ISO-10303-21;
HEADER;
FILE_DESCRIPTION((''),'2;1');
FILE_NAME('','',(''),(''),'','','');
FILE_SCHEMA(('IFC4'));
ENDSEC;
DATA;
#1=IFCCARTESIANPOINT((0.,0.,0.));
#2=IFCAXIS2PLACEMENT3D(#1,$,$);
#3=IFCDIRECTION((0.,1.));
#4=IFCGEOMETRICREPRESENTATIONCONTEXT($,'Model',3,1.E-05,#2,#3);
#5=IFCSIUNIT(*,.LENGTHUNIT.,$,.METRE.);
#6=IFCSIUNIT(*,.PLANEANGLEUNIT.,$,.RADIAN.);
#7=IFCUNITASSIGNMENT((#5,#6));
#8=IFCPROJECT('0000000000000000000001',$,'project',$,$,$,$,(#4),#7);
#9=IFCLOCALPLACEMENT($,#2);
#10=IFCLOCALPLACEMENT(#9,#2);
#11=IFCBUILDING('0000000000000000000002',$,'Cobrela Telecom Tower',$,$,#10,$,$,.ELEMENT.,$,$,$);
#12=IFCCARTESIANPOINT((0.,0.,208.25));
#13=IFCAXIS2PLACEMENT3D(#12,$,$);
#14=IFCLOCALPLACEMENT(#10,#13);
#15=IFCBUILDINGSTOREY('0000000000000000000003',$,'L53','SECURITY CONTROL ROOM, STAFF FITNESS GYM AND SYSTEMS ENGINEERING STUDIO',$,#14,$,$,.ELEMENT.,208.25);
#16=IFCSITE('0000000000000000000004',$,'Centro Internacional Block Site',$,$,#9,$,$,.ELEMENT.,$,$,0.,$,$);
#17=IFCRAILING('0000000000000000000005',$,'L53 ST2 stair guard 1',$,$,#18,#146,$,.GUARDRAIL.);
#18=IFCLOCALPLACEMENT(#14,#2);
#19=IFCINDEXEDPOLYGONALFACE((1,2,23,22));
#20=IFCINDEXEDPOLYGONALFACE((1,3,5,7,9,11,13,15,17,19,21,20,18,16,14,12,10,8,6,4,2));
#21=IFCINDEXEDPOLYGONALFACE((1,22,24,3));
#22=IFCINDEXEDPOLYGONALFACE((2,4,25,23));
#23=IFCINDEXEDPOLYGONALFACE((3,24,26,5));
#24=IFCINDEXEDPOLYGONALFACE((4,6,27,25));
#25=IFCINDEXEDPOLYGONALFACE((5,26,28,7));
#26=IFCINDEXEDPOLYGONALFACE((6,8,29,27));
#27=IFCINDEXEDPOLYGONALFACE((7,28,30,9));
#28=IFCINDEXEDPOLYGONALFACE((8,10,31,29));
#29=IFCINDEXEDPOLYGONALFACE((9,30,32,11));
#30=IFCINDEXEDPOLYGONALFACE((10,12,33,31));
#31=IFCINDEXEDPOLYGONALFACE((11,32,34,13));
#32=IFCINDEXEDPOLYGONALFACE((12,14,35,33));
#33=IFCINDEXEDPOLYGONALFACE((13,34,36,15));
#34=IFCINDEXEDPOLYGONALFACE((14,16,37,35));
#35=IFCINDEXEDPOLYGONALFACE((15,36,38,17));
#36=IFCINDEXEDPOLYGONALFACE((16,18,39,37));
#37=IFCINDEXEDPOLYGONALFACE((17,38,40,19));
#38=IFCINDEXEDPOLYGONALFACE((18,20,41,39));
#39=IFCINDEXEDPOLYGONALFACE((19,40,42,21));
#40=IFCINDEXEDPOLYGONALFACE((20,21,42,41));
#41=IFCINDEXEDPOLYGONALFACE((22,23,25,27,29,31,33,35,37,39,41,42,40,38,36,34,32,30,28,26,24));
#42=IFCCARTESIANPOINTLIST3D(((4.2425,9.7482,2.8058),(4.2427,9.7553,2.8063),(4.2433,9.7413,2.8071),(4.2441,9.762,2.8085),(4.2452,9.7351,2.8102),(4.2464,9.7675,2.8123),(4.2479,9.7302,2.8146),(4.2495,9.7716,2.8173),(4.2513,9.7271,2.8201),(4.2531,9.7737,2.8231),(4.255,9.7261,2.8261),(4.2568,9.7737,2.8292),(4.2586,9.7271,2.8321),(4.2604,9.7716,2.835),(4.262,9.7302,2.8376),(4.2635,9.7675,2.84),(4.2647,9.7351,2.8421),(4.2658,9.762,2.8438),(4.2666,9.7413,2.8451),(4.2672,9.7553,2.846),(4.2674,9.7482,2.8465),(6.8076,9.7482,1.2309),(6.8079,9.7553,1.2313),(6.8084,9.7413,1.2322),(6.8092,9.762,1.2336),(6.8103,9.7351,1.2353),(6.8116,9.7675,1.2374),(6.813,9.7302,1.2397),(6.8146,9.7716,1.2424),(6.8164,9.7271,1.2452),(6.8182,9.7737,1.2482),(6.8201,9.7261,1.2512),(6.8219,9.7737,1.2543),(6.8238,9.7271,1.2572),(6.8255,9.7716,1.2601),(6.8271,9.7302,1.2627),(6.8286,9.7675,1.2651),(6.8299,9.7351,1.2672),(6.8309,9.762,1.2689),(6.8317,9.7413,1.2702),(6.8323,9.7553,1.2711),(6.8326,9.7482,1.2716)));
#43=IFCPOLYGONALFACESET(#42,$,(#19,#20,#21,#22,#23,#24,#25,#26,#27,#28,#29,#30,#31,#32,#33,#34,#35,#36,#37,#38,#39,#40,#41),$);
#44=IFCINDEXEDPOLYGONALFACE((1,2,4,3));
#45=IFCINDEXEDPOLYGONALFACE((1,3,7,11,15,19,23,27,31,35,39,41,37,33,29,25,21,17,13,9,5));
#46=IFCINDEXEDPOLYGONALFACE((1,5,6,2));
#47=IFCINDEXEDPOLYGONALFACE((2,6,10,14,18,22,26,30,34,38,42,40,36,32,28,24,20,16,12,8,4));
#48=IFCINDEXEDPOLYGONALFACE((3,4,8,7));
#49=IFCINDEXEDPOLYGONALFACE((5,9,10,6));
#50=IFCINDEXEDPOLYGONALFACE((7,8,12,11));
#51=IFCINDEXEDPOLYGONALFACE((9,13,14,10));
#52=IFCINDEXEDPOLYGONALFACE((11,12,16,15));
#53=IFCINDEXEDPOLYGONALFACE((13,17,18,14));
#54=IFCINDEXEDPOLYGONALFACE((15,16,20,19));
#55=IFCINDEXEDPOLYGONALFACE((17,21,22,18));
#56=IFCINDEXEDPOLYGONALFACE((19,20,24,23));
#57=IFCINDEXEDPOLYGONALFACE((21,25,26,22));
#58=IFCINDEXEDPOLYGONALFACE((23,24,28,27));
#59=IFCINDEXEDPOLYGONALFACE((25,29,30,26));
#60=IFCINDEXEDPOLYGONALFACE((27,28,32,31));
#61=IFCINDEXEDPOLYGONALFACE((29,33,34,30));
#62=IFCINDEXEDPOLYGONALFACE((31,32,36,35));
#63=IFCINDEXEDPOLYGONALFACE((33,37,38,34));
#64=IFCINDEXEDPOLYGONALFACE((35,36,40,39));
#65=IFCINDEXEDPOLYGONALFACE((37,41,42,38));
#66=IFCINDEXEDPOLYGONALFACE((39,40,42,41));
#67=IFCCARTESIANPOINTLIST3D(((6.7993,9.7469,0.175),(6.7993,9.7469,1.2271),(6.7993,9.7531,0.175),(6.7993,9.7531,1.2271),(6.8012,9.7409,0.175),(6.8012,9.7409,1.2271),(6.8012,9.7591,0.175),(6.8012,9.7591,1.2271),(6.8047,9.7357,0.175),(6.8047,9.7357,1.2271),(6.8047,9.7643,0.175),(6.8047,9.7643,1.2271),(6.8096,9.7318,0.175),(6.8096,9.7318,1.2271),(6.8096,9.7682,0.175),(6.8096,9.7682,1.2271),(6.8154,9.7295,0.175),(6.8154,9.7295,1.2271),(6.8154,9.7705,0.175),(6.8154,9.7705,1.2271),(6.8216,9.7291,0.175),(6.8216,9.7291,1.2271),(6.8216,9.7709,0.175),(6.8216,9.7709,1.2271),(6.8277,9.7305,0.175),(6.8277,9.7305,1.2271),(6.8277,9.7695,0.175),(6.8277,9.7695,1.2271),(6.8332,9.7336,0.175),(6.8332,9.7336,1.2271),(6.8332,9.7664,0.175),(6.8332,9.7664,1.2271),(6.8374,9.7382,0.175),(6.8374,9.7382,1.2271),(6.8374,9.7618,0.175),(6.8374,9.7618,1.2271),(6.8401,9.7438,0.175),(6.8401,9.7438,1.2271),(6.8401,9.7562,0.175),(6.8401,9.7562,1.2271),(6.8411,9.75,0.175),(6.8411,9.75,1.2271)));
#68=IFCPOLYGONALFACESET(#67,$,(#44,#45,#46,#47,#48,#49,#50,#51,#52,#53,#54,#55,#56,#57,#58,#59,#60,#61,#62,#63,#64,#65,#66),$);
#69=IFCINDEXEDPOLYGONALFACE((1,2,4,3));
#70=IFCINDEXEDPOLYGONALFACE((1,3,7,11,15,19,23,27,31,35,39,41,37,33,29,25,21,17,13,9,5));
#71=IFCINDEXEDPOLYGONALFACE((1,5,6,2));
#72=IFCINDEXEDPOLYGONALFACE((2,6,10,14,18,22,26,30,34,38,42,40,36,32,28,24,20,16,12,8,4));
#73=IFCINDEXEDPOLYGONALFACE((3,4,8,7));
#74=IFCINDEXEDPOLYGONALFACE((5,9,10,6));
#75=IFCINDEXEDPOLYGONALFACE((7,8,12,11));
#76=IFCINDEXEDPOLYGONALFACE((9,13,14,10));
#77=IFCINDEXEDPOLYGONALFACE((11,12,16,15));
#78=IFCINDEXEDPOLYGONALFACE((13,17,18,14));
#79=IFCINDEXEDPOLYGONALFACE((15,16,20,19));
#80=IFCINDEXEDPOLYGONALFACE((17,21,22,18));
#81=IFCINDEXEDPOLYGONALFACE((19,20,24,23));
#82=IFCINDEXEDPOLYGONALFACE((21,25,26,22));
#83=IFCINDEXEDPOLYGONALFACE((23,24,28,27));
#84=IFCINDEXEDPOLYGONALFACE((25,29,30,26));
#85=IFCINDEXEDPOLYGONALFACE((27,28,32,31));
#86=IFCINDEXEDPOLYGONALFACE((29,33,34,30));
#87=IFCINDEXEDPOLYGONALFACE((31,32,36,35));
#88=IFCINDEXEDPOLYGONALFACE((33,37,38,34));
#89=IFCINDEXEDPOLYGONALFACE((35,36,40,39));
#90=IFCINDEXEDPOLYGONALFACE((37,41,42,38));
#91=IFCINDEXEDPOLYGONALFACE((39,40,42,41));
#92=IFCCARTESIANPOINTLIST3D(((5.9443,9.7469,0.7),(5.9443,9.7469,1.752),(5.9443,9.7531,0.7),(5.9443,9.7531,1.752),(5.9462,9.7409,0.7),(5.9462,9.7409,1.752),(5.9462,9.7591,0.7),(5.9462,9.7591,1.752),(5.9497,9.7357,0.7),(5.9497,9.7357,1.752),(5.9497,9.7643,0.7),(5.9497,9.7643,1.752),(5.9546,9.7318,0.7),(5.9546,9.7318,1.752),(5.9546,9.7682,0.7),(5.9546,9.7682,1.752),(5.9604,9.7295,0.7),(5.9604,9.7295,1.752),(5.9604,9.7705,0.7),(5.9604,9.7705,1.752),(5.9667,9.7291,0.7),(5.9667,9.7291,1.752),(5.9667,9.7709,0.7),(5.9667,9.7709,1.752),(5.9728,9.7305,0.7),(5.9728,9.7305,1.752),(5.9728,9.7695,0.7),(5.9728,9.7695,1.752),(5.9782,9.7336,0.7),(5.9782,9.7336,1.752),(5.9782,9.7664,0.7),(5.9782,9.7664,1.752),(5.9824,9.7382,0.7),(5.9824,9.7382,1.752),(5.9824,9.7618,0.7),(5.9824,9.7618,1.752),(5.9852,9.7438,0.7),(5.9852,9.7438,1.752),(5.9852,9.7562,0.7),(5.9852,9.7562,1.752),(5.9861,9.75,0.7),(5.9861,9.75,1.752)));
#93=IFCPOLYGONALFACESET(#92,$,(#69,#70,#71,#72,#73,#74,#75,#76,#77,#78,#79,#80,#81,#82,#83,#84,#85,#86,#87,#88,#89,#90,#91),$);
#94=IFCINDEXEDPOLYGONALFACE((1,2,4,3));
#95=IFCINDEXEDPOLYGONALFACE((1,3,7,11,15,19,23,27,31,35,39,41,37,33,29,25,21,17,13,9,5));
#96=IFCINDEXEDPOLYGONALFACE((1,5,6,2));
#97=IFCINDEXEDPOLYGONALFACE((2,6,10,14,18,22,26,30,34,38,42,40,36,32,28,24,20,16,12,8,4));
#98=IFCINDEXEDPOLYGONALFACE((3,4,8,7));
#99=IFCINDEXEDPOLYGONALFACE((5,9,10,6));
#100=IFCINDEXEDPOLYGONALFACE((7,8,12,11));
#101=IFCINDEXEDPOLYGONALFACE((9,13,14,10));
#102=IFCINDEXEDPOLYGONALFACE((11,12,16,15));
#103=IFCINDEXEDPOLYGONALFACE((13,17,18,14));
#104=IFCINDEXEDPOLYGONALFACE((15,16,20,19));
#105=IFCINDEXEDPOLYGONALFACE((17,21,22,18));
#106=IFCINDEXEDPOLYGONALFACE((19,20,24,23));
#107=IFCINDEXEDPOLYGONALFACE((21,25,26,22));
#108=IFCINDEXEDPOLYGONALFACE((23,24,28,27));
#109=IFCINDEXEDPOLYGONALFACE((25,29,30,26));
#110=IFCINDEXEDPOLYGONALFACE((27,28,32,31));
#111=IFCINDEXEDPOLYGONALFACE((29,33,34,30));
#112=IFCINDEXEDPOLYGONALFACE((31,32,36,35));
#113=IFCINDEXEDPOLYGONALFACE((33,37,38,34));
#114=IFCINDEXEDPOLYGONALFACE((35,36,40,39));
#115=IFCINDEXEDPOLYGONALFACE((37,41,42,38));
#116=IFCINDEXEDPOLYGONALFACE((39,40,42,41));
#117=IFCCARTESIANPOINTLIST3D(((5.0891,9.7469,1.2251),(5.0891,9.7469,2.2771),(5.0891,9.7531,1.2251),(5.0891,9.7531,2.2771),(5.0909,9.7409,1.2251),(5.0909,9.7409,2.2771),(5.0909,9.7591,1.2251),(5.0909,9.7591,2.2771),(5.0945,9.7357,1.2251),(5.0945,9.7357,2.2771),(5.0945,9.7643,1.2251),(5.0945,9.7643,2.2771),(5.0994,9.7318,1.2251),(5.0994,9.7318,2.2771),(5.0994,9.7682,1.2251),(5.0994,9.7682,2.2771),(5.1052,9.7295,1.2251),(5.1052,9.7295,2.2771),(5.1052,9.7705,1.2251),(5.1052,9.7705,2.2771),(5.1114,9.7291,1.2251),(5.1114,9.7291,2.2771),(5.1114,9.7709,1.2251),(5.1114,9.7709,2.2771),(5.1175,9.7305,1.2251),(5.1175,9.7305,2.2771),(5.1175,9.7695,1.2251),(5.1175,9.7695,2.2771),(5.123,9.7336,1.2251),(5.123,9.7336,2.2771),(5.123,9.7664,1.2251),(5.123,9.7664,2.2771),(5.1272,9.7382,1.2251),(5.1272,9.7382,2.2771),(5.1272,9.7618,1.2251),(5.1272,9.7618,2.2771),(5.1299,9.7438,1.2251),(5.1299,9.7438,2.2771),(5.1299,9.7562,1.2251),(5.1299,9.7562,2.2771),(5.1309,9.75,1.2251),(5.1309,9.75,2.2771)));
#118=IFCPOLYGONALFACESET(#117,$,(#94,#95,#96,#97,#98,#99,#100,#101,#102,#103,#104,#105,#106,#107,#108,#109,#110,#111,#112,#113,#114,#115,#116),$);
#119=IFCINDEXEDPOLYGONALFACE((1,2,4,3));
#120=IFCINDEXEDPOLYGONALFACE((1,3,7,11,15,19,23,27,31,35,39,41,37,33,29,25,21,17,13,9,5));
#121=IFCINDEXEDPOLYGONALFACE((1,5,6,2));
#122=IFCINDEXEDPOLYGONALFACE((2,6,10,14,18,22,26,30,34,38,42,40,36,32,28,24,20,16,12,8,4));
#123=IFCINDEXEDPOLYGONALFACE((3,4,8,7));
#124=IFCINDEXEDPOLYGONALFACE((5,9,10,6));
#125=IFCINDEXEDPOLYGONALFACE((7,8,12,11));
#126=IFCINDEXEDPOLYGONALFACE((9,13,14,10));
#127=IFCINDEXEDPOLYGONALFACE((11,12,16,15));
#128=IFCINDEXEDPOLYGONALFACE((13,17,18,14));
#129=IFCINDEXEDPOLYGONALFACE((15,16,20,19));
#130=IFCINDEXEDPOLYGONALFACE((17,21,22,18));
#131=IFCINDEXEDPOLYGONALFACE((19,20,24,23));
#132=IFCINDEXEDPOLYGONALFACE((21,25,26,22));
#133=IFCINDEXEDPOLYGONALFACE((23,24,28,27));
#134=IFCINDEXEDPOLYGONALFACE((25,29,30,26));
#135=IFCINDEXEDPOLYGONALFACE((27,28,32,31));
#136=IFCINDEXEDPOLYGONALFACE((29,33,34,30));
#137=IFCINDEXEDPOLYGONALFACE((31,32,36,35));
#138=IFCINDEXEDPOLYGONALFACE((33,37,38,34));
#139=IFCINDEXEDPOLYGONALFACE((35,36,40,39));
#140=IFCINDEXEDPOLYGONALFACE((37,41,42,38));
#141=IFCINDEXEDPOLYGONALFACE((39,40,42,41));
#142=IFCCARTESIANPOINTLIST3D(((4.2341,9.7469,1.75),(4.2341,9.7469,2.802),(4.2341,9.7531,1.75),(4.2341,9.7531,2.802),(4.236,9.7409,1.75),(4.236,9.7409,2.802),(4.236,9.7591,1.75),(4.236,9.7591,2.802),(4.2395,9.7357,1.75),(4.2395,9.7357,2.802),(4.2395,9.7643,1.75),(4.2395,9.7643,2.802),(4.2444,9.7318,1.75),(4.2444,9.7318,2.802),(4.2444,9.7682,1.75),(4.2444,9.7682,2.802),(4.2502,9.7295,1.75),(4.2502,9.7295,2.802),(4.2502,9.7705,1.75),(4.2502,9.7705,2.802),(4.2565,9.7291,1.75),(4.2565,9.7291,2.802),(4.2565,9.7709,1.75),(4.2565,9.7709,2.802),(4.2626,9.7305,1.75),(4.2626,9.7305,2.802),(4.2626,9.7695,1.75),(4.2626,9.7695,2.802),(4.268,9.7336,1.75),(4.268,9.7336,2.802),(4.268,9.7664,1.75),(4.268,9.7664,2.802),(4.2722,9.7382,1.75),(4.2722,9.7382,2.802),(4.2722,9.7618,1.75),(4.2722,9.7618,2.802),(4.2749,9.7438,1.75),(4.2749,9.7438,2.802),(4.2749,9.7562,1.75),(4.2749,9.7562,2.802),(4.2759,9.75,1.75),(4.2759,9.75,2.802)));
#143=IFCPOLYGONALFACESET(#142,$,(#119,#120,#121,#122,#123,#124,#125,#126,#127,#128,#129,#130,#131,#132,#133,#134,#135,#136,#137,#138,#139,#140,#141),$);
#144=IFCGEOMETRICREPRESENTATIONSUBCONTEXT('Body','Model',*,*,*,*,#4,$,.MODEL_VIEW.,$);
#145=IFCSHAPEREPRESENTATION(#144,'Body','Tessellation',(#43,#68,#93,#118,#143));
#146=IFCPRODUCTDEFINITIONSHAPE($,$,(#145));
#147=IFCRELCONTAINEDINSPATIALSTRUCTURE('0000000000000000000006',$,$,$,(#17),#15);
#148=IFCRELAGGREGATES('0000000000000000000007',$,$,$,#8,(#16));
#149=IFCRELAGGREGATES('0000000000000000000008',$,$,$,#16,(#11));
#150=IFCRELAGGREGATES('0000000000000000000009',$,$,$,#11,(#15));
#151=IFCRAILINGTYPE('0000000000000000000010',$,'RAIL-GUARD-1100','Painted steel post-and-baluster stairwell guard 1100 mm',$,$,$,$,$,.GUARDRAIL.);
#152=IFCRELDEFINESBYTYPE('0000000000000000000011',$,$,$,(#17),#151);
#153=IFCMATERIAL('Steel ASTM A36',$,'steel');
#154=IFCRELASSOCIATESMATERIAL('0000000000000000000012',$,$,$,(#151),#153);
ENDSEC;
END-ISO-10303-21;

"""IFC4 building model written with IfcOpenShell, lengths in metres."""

from ifc_helpers import new_model, si_unit, direction, frame, origin, origin_2d, place, context, subcontext, project, spatial, circle, extrude, material, type_object, element, save


model = new_model("IFC4")

# Units and contexts
model_context = context("Model", 3, precision=1e-05, world=origin(), true_north=direction((0.0, 1.0)))
body_context = subcontext(model_context, "Body", "Model", "MODEL_VIEW")
ifc_project = project(units=[si_unit("LENGTHUNIT", "METRE"), si_unit("PLANEANGLEUNIT", "RADIAN")], contexts=[model_context])

# Site, building, storey
site_placement = place(None, origin())
site = spatial("IfcSite", under=ifc_project, at=site_placement, Name="Centro Internacional Block Site", CompositionType="ELEMENT", RefElevation=0.0)
building_placement = place(site_placement, origin())
building = spatial("IfcBuilding", under=site, at=building_placement, Name="Cobrela Telecom Tower", CompositionType="ELEMENT")
storey_placement = place(building_placement, frame((0.0, 0.0, 208.25)))
storey = spatial("IfcBuildingStorey", under=building, at=storey_placement, Name="L53", Description="SECURITY CONTROL ROOM, STAFF FITNESS GYM AND SYSTEMS ENGINEERING STUDIO", CompositionType="ELEMENT", Elevation=208.25)

# Railing
ifc_material_1 = material(Name="Steel ASTM A36", Category="steel")
railing_type_1 = type_object("IfcRailingType", Name="RAIL-GUARD-1100", Description="Painted steel post-and-baluster stairwell guard 1100 mm", PredefinedType="GUARDRAIL", material=ifc_material_1)
railing_1_placement = place(storey_placement, frame((6.8201, 9.75, 0.175)))
element("IfcRailing", 1, at=railing_1_placement, inside=storey, type_object=railing_type_1, Name="L53 ST2 stair guard 1", PredefinedType="GUARDRAIL", context=body_context, shape_type="SweptSolid", body=[
    extrude(circle(Radius=0.0239, at=origin_2d()), frame((0.0, 0.0, 1.0762), z_axis=(-0.852195, 0.0, 0.523224), x_axis=(0.0, -1.0, 0.0)), (0.0, 0.0, 1.0), 3.01),
    extrude(circle(Radius=0.021, at=origin_2d()), origin(), (0.0, 0.0, 1.0), 1.052),
    extrude(circle(Radius=0.021, at=origin_2d()), frame((-0.855, 0.0, 0.5249)), (0.0, 0.0, 1.0), 1.052),
    extrude(circle(Radius=0.021, at=origin_2d()), frame((-1.7102, 0.0, 1.05)), (0.0, 0.0, 1.0), 1.052),
    extrude(circle(Radius=0.021, at=origin_2d()), frame((-2.5652, 0.0, 1.575)), (0.0, 0.0, 1.0), 1.052),
])

save(model, "model.ifc")
